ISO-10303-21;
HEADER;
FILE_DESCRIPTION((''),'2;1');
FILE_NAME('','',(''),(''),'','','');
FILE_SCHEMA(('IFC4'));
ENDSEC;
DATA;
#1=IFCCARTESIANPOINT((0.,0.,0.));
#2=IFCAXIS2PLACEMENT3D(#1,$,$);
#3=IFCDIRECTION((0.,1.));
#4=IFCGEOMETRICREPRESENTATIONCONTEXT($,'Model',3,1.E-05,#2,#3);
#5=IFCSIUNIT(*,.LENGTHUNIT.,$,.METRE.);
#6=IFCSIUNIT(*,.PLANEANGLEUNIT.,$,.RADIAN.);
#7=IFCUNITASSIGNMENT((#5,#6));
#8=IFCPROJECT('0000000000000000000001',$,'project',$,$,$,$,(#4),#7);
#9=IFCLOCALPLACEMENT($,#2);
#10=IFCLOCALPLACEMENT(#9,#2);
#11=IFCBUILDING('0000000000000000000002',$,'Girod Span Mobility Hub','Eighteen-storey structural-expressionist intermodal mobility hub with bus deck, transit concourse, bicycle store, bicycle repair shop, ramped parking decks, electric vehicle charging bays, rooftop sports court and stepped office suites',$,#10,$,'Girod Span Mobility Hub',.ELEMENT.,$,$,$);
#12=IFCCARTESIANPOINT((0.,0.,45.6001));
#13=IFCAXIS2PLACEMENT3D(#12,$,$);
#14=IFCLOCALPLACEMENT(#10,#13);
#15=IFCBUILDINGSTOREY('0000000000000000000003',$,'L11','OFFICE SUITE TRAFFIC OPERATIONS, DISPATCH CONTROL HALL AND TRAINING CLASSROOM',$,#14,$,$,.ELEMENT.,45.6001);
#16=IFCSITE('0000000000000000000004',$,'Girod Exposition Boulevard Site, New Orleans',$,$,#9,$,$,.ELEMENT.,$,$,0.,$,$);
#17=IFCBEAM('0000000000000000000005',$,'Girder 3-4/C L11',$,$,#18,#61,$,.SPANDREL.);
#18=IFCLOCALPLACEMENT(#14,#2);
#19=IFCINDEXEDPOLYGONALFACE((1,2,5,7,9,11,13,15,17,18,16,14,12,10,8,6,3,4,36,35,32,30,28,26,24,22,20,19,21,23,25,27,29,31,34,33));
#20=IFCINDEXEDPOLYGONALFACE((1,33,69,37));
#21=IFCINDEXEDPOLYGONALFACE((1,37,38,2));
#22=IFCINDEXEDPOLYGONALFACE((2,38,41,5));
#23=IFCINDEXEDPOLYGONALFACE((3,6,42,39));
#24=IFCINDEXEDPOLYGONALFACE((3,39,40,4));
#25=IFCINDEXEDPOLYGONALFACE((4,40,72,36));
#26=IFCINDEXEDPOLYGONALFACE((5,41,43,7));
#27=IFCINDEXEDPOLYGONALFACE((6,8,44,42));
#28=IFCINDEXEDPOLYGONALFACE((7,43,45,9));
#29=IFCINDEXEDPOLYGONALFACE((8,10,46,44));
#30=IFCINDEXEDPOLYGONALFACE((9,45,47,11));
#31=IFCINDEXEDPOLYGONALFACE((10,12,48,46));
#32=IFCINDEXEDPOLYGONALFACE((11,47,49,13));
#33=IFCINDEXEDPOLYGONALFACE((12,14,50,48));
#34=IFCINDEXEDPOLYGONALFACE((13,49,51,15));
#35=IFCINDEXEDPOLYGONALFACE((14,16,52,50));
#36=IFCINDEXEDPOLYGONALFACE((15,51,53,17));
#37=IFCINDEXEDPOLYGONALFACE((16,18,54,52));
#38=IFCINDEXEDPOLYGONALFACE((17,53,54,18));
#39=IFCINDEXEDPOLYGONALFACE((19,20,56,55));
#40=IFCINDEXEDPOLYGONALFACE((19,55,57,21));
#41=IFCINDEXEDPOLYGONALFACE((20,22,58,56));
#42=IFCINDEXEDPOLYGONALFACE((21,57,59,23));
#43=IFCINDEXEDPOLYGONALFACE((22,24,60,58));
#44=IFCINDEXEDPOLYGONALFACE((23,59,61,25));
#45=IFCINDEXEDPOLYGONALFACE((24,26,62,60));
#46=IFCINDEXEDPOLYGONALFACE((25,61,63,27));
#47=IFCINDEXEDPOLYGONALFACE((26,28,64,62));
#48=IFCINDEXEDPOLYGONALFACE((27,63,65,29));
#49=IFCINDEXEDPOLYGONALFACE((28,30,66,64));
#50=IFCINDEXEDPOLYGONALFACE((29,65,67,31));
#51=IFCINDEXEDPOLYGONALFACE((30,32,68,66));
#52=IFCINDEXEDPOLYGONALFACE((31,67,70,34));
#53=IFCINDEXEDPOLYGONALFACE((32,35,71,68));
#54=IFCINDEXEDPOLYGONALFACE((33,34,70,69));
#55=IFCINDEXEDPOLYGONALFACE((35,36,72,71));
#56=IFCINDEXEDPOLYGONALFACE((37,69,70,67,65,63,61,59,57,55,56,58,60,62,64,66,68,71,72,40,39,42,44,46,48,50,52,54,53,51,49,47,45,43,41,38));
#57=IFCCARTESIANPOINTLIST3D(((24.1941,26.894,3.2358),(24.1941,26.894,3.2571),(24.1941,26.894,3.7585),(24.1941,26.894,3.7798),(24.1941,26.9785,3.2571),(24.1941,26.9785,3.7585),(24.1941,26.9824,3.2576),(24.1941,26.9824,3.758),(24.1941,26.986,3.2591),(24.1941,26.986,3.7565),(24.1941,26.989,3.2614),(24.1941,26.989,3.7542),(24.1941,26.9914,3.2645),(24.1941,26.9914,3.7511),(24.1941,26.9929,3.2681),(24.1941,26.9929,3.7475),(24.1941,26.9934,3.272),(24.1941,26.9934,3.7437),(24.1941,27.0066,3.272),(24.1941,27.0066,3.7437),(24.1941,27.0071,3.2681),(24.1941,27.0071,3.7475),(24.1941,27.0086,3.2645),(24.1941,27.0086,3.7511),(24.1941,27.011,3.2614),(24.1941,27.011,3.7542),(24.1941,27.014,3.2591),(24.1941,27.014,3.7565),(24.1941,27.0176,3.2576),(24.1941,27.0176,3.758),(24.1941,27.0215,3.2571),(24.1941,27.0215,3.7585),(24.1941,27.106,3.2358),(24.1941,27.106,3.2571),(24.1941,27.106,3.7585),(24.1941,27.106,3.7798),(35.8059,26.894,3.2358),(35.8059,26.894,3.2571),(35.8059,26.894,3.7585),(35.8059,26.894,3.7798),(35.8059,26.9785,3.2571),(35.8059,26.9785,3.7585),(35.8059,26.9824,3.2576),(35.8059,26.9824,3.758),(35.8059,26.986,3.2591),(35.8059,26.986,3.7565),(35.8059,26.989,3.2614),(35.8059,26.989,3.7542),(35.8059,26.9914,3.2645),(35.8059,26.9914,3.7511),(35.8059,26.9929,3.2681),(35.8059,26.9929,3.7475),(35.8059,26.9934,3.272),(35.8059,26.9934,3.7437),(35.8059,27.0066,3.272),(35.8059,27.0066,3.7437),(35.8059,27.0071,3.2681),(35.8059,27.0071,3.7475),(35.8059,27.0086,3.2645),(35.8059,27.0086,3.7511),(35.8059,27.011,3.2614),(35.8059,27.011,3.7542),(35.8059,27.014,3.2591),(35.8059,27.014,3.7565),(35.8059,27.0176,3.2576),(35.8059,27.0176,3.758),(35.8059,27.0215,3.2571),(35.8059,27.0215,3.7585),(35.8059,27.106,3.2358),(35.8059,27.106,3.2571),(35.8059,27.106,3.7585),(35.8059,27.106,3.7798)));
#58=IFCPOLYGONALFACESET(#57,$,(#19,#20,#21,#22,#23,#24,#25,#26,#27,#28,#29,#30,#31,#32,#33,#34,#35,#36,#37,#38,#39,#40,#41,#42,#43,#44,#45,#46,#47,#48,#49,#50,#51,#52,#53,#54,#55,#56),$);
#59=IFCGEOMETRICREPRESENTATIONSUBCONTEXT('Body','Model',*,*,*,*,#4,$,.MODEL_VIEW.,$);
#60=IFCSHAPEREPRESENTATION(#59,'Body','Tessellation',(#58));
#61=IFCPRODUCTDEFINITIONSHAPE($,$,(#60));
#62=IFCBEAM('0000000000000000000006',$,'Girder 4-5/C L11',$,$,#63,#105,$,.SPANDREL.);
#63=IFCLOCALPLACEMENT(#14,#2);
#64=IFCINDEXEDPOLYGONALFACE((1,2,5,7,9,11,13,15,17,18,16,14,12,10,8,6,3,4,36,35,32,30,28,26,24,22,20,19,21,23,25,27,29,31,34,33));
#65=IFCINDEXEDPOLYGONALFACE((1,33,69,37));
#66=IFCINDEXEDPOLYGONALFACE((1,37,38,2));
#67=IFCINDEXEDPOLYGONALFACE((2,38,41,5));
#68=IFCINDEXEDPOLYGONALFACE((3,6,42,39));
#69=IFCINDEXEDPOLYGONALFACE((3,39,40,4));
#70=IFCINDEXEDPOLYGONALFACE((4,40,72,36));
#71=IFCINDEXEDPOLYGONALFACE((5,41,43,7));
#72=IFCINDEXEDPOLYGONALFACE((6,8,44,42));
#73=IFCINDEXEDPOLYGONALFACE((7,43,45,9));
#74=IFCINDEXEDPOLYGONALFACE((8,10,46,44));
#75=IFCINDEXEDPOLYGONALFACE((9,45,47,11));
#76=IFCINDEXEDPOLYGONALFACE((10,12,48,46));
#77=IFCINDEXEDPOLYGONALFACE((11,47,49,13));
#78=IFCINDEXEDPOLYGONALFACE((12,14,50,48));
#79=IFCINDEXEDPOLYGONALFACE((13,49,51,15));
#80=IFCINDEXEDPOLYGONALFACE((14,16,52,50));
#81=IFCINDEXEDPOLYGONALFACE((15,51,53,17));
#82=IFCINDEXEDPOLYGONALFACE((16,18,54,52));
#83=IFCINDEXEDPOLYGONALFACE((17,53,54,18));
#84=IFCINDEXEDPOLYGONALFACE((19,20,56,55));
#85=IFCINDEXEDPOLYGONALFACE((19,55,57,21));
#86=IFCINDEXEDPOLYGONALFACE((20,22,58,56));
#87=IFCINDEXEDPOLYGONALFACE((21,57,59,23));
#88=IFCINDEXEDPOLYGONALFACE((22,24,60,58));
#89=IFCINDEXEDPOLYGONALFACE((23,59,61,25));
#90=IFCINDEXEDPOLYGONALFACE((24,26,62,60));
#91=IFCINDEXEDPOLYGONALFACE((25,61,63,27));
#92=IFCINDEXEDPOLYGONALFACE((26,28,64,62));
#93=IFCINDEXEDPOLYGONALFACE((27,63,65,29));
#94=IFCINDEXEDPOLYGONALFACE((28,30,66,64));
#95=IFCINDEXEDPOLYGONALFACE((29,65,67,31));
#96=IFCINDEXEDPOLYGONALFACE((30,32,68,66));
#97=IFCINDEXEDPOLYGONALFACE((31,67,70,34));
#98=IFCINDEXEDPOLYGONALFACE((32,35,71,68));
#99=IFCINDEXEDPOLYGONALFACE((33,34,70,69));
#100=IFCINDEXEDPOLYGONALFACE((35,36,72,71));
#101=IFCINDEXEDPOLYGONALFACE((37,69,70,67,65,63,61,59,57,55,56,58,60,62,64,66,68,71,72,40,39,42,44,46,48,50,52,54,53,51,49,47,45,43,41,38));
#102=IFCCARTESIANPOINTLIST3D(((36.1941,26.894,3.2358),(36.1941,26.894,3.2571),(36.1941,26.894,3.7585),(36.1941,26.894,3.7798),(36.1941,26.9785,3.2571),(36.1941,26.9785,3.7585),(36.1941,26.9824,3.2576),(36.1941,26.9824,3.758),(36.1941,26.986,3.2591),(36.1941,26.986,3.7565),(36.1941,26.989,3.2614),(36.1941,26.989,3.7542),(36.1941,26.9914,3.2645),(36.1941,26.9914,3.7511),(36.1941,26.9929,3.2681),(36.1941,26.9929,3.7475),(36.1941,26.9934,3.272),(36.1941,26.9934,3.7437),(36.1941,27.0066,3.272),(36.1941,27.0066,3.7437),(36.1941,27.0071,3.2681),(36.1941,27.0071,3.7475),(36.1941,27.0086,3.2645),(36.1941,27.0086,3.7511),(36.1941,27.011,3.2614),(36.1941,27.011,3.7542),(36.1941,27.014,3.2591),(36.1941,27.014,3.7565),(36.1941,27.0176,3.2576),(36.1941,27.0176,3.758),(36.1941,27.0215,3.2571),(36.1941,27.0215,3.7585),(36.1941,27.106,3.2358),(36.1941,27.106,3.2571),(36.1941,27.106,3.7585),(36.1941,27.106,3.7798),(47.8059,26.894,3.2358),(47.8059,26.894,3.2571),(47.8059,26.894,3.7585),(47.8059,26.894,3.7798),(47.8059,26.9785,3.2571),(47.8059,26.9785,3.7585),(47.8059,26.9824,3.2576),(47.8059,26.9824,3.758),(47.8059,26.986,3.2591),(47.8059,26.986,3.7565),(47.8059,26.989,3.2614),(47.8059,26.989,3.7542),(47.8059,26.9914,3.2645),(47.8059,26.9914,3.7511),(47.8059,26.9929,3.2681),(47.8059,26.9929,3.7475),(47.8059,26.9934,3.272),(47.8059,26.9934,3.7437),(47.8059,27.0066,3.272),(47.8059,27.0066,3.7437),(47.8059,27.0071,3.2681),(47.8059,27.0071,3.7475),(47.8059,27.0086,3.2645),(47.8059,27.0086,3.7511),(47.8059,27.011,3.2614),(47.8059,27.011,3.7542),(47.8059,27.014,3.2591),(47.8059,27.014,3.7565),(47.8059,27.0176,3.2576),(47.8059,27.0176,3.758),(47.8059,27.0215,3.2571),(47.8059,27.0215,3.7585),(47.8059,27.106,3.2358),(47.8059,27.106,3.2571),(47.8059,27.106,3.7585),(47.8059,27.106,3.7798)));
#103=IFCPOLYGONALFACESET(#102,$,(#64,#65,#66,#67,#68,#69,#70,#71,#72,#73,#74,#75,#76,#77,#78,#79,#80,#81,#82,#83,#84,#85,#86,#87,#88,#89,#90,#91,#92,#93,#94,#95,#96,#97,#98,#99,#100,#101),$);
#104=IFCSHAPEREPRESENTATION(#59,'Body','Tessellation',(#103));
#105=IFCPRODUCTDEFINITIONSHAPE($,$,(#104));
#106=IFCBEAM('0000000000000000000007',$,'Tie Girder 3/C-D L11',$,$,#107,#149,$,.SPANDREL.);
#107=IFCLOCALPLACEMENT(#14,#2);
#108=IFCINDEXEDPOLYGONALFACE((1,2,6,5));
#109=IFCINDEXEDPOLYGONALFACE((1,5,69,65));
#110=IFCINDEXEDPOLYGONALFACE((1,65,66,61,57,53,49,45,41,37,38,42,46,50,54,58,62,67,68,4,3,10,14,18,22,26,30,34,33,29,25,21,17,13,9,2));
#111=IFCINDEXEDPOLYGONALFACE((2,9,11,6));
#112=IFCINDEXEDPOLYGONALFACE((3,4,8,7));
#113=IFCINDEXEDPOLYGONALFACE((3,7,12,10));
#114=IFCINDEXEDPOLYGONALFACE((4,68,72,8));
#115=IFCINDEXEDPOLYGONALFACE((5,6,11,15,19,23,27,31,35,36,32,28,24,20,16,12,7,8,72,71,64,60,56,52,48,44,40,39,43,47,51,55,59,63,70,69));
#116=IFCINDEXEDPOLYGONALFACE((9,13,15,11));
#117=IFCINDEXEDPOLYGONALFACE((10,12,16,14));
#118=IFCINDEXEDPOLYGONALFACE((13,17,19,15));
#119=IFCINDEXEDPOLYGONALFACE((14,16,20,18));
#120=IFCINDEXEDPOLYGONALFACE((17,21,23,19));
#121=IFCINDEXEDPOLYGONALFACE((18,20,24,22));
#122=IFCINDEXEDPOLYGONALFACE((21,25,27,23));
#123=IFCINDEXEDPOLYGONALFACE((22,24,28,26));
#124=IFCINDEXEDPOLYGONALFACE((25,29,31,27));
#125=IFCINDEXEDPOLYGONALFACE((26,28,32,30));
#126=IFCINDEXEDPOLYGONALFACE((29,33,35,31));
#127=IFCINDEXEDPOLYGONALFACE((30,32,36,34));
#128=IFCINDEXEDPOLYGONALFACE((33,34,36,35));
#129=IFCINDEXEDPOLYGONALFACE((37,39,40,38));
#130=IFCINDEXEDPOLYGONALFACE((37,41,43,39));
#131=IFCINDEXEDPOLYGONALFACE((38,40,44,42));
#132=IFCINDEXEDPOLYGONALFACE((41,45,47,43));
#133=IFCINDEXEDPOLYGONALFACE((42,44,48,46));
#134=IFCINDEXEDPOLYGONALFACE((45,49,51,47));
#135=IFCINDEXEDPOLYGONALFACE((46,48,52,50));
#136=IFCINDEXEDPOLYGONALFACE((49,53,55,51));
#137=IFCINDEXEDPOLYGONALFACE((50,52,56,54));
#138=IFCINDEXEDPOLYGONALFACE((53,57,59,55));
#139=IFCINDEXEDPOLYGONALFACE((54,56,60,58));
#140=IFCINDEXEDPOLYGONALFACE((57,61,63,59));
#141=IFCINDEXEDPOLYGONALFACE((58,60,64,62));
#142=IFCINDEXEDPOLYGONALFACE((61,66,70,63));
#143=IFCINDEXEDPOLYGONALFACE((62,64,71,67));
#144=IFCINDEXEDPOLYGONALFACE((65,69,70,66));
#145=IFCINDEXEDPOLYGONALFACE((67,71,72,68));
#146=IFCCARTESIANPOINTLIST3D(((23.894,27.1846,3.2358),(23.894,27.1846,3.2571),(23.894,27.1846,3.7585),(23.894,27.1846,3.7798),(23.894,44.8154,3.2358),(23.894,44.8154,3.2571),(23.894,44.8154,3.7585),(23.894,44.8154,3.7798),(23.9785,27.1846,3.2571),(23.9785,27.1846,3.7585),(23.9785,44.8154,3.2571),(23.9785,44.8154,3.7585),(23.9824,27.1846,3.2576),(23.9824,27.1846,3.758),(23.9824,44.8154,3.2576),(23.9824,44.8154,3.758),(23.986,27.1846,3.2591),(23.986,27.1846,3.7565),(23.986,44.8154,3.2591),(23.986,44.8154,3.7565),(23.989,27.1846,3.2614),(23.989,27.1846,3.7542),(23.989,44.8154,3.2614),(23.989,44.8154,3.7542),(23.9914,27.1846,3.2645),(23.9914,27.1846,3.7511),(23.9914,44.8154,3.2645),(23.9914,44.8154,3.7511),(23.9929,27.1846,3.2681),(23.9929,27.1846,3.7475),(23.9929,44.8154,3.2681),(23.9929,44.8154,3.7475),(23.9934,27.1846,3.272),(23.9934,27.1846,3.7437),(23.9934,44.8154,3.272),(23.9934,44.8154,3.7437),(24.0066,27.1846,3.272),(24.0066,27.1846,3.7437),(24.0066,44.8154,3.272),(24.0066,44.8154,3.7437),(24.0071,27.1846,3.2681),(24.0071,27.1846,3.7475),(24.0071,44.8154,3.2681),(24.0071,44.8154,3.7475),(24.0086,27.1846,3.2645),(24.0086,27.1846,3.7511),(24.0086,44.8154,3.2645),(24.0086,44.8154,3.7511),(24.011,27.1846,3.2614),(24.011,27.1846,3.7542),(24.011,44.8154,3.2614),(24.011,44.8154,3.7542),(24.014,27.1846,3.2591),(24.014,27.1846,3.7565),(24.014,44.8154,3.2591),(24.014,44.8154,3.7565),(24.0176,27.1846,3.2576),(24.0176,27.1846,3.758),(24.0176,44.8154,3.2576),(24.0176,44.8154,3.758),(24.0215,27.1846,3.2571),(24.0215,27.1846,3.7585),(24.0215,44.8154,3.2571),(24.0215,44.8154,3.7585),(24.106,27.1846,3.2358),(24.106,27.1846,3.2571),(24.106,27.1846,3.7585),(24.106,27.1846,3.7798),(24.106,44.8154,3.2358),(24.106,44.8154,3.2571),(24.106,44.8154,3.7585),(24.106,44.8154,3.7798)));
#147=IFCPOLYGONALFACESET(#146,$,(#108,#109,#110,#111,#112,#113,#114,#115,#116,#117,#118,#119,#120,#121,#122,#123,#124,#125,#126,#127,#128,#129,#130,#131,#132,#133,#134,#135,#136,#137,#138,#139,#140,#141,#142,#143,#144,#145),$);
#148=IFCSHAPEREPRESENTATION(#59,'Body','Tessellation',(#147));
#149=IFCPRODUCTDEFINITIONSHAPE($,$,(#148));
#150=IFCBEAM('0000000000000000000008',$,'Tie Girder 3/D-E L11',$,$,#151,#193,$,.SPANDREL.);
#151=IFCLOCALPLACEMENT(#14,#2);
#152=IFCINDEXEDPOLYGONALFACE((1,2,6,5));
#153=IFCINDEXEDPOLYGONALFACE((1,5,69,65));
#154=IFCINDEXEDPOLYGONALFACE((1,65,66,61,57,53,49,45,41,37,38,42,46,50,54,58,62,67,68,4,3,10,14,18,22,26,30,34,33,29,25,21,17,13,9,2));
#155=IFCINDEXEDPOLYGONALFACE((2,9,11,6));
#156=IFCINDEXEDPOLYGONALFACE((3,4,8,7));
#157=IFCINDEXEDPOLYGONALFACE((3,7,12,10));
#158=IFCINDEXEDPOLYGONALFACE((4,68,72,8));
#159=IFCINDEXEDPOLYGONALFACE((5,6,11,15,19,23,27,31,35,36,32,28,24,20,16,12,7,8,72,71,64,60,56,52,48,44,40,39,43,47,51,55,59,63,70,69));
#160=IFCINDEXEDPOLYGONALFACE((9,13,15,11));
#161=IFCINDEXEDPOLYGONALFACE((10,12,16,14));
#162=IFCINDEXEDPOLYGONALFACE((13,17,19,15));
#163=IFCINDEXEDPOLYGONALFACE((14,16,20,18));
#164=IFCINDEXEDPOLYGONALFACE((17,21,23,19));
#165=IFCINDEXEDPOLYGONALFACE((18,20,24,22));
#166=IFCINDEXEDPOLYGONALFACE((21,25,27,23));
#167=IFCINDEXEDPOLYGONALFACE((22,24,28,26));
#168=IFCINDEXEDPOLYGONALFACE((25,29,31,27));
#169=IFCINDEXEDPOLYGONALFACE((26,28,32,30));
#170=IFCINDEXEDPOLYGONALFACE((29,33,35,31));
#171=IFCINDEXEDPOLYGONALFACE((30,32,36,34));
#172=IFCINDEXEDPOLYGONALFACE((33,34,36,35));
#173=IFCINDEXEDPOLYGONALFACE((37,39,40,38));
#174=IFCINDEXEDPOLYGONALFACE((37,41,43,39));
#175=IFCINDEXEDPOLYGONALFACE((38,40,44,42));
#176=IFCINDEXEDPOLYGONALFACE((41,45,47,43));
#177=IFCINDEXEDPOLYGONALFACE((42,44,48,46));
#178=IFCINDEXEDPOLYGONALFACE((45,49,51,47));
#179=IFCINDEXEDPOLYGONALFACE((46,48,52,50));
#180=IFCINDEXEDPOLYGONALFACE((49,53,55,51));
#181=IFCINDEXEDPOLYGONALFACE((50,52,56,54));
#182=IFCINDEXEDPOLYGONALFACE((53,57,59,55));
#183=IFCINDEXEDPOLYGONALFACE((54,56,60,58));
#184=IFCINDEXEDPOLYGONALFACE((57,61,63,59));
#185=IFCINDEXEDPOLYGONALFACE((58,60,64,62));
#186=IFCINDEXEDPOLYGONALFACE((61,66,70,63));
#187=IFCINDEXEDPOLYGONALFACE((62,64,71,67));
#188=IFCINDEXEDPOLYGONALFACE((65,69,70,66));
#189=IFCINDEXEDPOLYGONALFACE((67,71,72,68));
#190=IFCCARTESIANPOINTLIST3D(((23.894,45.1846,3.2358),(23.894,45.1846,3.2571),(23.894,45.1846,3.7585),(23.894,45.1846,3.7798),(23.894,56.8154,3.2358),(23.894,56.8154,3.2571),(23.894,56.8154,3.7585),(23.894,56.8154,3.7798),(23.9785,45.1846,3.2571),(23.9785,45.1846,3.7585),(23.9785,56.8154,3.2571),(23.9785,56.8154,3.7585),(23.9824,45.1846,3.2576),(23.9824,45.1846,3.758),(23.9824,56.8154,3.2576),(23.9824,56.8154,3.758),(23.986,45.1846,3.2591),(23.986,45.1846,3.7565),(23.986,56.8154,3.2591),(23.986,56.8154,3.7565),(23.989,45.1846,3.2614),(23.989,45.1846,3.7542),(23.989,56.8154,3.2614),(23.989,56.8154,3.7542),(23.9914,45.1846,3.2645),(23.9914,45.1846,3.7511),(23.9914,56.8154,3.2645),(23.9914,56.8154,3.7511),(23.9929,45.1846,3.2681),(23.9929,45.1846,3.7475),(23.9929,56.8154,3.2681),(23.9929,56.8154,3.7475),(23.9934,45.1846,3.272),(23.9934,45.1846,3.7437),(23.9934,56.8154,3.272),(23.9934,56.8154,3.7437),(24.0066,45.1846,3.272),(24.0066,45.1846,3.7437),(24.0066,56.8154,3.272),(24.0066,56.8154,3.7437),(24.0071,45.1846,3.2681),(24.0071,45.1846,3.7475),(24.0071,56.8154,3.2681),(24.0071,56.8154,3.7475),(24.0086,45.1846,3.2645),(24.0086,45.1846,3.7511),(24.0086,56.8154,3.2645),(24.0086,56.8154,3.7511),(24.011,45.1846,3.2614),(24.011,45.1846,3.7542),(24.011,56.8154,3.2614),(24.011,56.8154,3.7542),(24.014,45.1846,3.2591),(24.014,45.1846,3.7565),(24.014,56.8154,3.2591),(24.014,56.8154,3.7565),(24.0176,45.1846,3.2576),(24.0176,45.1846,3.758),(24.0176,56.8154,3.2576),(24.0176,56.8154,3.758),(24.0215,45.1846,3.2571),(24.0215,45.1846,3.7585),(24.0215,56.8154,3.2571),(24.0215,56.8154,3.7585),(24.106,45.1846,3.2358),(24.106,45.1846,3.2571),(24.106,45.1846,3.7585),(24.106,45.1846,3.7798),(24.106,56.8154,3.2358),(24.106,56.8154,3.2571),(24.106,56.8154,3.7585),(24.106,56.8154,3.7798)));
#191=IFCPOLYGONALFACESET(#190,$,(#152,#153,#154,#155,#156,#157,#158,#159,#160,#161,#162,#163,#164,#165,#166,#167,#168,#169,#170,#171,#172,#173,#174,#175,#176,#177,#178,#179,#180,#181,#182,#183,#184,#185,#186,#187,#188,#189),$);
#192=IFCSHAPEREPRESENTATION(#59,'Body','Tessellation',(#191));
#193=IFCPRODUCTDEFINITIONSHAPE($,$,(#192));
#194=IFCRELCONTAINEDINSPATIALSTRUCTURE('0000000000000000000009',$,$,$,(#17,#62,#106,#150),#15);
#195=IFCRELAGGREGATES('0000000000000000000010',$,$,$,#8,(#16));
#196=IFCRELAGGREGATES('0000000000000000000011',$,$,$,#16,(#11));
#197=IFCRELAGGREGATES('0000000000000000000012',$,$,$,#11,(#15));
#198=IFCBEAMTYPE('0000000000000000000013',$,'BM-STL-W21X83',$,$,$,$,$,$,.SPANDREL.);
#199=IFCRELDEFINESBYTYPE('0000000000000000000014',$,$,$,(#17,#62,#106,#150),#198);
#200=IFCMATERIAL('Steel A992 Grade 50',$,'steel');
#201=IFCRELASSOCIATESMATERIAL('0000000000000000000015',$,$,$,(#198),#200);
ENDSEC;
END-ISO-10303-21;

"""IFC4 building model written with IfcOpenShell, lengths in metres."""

from ifc_helpers import new_model, si_unit, direction, frame, origin, origin_2d, place, context, subcontext, project, spatial, i_section, extrude, material, material_profile, profile_set, type_object, element, save


model = new_model("IFC4")

# Units and contexts
model_context = context("Model", 3, precision=1e-05, world=origin(), true_north=direction((0.0, 1.0)))
body_context = subcontext(model_context, "Body", "Model", "MODEL_VIEW")
ifc_project = project(units=[si_unit("LENGTHUNIT", "METRE"), si_unit("PLANEANGLEUNIT", "RADIAN")], contexts=[model_context])

# Site, building, storey
site_placement = place(None, origin())
site = spatial("IfcSite", under=ifc_project, at=site_placement, Name="Girod Exposition Boulevard Site, New Orleans", CompositionType="ELEMENT", RefElevation=0.0)
building_placement = place(site_placement, origin())
building = spatial("IfcBuilding", under=site, at=building_placement, Name="Girod Span Mobility Hub", Description="Eighteen-storey structural-expressionist intermodal mobility hub with bus deck, transit concourse, bicycle store, bicycle repair shop, ramped parking decks, electric vehicle charging bays, rooftop sports court and stepped office suites", LongName="Girod Span Mobility Hub", CompositionType="ELEMENT")
storey_placement = place(building_placement, frame((0.0, 0.0, 45.6001)))
storey = spatial("IfcBuildingStorey", under=building, at=storey_placement, Name="L11", Description="OFFICE SUITE TRAFFIC OPERATIONS, DISPATCH CONTROL HALL AND TRAINING CLASSROOM", CompositionType="ELEMENT", Elevation=45.6001)

# Beams
ifc_material_1 = material(Name="Steel A992 Grade 50", Category="steel")
ifc_material_profile_1 = material_profile(ifc_material_1, i_section(OverallWidth=0.2119, OverallDepth=0.5439, WebThickness=0.0132, FlangeThickness=0.0212, FilletRadius=0.0149, at=origin_2d()), Name="W21X83")
ifc_profile_set_1 = profile_set([ifc_material_profile_1], Name="Steel A992 Grade 50")
beam_type_1 = type_object("IfcBeamType", Name="BM-STL-W21X83", PredefinedType="SPANDREL", material=ifc_profile_set_1)
for number, where, z_axis, x_axis, name in (
    (1, (24.1941, 27.0, 3.5078), (1.0, 0.0, 0.0), (0.0, 1.0, 0.0), "Girder 3-4/C L11"),
    (2, (36.1941, 27.0, 3.5078), (1.0, 0.0, 0.0), (0.0, 1.0, 0.0), "Girder 4-5/C L11"),
):
    element("IfcBeam", number, at=place(storey_placement, frame(where, z_axis=z_axis, x_axis=x_axis)), inside=storey, type_object=beam_type_1, Name=name, PredefinedType="SPANDREL", context=body_context, shape_type="SweptSolid", body=[
        extrude(i_section(OverallWidth=0.2119, OverallDepth=0.5439, WebThickness=0.0132, FlangeThickness=0.0212, FilletRadius=0.0149, at=origin_2d()), origin(), (0.0, 0.0, 1.0), 11.6118),
    ])
beam_1_placement = place(storey_placement, frame((24.0, 27.1846, 3.5078), z_axis=(0.0, 1.0, 0.0), x_axis=(-1.0, 0.0, 0.0)))
element("IfcBeam", 3, at=beam_1_placement, inside=storey, type_object=beam_type_1, Name="Tie Girder 3/C-D L11", PredefinedType="SPANDREL", context=body_context, shape_type="SweptSolid", body=[
    extrude(i_section(OverallWidth=0.2119, OverallDepth=0.5439, WebThickness=0.0132, FlangeThickness=0.0212, FilletRadius=0.0149, at=origin_2d()), origin(), (0.0, 0.0, 1.0), 17.6309),
])
beam_2_placement = place(storey_placement, frame((24.0, 45.1846, 3.5078), z_axis=(0.0, 1.0, 0.0), x_axis=(-1.0, 0.0, 0.0)))
element("IfcBeam", 4, at=beam_2_placement, inside=storey, type_object=beam_type_1, Name="Tie Girder 3/D-E L11", PredefinedType="SPANDREL", context=body_context, shape_type="SweptSolid", body=[
    extrude(i_section(OverallWidth=0.2119, OverallDepth=0.5439, WebThickness=0.0132, FlangeThickness=0.0212, FilletRadius=0.0149, at=origin_2d()), origin(), (0.0, 0.0, 1.0), 11.6309),
])

save(model, "model.ifc")
